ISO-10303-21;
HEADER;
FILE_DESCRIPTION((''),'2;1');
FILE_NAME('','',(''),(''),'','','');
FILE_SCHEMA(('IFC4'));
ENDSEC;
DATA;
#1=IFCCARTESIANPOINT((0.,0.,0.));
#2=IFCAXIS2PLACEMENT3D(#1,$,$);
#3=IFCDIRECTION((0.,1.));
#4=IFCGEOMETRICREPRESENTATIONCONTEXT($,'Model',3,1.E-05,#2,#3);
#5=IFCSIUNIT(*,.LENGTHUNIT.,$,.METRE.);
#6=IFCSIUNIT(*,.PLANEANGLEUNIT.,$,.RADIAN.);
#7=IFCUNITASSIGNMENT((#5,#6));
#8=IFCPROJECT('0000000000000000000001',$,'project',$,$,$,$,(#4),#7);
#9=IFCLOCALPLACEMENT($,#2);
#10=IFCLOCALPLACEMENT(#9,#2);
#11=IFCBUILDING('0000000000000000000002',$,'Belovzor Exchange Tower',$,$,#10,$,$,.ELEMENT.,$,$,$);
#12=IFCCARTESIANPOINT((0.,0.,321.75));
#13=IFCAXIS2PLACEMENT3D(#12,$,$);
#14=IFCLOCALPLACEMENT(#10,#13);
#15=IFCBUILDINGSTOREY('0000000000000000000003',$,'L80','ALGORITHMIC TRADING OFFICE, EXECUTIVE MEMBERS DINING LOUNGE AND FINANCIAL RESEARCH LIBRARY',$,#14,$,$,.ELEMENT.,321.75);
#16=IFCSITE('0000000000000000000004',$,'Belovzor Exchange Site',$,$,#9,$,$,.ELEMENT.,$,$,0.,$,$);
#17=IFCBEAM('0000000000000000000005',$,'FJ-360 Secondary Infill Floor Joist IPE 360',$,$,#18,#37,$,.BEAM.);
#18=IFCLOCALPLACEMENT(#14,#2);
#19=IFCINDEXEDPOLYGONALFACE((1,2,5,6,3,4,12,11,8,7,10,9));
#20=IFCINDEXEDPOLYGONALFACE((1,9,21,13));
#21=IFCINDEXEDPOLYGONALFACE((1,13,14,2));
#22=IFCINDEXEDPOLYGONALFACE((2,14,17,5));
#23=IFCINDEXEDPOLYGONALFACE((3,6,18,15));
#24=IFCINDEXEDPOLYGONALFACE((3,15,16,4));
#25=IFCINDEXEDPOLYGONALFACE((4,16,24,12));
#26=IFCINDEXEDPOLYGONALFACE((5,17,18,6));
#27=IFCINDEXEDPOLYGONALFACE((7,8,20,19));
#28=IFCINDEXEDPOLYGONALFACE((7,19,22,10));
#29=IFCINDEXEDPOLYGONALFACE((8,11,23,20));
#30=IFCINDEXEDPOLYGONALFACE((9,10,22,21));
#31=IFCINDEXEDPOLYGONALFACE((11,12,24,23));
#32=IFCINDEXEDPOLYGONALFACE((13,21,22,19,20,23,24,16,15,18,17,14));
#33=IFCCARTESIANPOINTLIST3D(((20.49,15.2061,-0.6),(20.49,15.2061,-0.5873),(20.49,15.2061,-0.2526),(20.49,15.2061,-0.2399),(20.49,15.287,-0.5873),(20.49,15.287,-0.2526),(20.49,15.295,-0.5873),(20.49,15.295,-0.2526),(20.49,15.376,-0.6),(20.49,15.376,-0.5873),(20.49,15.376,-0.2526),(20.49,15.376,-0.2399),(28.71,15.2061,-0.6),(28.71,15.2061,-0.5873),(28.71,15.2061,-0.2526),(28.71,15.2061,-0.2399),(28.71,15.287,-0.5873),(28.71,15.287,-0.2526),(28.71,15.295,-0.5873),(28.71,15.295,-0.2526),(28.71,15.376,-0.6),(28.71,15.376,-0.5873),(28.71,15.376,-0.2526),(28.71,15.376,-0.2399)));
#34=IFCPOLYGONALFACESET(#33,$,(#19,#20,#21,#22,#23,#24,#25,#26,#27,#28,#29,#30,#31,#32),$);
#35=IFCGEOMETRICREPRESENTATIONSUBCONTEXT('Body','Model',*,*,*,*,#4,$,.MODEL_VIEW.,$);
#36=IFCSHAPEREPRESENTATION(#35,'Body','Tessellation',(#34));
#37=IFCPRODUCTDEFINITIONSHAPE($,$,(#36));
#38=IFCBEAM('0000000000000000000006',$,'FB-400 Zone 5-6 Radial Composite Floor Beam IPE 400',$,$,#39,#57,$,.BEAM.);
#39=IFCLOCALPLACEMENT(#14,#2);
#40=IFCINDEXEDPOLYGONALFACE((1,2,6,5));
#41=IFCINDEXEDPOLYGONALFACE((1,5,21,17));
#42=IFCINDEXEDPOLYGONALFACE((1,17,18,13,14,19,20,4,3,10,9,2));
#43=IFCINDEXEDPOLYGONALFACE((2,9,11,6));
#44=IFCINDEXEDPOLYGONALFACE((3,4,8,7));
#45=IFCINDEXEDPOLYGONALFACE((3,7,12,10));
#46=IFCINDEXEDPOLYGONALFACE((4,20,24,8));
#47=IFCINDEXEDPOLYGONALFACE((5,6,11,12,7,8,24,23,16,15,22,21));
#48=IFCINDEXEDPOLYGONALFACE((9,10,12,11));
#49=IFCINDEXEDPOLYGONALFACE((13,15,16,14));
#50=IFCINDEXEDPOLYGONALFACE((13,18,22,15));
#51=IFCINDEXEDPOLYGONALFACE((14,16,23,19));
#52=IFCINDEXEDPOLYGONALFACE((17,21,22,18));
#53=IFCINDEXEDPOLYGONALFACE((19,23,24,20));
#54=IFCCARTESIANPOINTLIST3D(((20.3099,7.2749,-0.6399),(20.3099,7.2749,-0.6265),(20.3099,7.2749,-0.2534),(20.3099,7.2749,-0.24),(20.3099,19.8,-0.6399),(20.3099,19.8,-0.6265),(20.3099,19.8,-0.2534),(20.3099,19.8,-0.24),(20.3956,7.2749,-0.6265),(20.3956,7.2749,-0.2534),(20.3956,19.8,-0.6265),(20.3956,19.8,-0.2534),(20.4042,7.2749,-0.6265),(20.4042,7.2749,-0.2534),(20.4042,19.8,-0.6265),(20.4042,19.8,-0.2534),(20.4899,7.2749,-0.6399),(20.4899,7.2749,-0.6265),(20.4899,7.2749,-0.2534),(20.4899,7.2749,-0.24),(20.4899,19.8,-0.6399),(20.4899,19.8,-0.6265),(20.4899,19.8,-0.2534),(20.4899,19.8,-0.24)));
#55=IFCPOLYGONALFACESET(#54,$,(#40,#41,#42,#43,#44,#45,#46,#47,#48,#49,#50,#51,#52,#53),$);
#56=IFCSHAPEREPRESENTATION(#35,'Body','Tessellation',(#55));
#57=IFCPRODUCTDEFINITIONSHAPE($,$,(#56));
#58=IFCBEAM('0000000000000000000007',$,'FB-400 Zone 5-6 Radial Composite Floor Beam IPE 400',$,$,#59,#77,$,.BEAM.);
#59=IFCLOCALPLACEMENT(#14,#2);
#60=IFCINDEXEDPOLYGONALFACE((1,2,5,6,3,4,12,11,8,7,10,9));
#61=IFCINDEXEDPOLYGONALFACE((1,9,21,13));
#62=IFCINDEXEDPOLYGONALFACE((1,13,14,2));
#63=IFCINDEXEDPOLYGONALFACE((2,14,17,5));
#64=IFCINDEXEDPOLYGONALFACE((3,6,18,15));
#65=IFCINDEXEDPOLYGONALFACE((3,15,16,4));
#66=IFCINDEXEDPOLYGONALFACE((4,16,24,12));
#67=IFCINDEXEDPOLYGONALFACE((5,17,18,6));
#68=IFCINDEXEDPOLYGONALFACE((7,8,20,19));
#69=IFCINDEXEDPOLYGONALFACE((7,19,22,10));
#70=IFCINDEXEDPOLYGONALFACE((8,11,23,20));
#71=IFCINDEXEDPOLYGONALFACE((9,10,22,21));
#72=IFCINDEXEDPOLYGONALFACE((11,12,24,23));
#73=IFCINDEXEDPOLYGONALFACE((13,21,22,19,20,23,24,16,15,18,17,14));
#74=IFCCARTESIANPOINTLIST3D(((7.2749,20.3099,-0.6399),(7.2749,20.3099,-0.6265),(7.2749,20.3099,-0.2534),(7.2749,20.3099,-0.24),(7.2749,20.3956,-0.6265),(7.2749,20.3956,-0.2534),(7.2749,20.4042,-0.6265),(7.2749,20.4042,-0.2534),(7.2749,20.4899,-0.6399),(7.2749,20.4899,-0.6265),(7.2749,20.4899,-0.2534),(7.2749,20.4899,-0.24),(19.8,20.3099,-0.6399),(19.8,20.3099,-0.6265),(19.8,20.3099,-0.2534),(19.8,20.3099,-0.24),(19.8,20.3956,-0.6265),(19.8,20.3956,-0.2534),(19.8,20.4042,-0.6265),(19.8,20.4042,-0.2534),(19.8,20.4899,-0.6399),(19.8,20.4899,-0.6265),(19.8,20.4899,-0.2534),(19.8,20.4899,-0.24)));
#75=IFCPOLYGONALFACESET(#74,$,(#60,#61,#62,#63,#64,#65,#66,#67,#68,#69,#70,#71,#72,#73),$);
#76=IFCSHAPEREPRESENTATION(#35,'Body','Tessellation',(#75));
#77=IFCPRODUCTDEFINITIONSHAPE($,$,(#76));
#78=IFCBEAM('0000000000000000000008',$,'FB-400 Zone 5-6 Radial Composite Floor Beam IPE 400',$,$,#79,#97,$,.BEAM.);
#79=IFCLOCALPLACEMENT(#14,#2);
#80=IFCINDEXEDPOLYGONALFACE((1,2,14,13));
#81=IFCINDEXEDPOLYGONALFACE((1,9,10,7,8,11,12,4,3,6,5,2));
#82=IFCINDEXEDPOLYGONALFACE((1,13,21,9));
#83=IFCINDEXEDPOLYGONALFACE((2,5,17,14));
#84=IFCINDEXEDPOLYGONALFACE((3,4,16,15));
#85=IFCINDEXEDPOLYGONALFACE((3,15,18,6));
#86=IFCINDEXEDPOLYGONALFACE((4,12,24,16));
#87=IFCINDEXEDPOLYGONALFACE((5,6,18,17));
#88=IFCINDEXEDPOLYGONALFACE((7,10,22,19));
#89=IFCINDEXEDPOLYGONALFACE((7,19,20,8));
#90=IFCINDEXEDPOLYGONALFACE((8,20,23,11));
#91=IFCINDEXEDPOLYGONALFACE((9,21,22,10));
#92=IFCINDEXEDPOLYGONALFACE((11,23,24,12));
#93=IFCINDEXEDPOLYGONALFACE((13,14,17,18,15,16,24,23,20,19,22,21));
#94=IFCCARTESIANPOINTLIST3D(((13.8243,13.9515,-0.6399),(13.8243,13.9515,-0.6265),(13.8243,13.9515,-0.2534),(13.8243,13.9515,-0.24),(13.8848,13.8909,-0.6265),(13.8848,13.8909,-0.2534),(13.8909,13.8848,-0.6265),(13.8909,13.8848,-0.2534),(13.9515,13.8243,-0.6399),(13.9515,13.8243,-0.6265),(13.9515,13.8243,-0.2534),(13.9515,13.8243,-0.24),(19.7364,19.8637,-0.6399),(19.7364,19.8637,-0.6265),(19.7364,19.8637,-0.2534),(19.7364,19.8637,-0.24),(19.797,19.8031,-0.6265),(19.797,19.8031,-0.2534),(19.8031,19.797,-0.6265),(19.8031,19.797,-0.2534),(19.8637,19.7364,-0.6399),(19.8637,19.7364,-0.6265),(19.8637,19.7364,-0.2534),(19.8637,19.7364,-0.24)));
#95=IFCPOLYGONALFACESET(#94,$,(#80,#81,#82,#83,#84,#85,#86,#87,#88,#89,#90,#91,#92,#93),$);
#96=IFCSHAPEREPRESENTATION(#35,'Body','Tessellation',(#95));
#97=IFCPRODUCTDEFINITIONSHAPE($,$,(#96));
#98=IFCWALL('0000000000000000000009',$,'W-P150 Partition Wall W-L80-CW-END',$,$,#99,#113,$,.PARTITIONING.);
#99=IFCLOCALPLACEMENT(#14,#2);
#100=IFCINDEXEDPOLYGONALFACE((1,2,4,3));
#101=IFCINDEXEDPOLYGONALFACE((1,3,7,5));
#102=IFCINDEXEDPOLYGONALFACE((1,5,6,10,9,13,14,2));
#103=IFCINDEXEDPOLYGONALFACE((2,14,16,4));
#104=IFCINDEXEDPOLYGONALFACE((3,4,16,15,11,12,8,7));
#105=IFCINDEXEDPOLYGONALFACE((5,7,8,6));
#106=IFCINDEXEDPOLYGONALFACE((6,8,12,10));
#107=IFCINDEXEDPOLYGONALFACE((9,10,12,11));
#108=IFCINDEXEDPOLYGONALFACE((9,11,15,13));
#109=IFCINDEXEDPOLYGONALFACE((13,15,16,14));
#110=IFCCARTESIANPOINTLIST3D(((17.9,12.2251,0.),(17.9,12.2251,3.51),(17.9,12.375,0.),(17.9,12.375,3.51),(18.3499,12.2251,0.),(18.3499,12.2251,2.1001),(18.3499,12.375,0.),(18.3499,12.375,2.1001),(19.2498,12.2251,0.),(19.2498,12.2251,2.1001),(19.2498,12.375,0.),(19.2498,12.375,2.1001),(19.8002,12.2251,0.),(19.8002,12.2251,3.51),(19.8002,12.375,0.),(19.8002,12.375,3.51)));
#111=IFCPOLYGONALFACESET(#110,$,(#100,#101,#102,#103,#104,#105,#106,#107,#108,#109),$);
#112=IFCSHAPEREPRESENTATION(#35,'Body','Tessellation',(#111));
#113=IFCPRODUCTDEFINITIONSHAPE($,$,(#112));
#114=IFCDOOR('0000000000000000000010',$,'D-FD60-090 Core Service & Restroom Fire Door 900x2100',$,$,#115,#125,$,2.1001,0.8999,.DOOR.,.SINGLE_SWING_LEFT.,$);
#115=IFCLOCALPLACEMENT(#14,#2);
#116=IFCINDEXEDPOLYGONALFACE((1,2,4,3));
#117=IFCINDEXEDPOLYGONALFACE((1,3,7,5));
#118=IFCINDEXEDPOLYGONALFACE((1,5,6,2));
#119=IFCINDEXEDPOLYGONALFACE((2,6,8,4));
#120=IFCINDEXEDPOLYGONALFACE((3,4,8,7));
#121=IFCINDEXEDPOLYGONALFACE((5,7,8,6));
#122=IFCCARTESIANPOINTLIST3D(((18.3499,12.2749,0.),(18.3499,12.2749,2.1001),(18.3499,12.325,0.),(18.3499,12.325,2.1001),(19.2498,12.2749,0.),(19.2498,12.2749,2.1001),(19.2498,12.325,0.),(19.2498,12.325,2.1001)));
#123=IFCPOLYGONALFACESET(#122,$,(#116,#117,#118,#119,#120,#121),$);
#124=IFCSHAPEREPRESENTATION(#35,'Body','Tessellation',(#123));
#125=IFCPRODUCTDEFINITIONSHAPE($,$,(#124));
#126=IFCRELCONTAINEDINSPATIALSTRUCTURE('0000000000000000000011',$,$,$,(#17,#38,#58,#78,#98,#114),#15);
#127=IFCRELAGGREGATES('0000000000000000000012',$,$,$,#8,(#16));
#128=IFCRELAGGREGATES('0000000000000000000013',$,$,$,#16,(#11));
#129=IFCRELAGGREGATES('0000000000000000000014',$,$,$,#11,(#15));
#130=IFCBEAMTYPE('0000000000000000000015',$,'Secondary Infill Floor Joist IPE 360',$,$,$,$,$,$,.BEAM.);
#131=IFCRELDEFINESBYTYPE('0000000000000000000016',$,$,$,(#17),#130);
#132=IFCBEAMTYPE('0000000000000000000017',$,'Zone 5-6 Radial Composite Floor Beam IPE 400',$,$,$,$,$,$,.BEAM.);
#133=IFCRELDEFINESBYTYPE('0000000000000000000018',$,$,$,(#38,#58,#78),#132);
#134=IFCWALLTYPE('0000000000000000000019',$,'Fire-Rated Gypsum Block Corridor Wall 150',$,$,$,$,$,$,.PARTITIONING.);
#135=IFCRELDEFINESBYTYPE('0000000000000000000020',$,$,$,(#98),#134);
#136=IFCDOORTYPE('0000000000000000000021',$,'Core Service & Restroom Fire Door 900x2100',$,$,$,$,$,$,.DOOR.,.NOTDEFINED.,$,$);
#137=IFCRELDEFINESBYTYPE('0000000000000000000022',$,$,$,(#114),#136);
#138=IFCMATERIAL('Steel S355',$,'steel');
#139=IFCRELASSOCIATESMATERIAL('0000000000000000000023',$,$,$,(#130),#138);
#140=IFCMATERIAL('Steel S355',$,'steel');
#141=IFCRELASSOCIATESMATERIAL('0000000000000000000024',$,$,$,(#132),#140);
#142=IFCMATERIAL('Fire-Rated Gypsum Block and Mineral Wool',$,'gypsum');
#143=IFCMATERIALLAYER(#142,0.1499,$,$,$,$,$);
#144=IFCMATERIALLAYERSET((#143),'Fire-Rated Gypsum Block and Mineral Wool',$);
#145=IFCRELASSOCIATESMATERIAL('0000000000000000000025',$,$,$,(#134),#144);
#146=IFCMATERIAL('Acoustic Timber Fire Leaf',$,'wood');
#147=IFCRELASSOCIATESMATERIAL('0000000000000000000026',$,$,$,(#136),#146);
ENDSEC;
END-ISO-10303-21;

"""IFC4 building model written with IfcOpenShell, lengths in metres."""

from ifc_helpers import new_model, si_unit, direction, frame, frame_2d, origin, origin_2d, place, context, subcontext, project, spatial, rectangle, i_section, extrude, material, layer, layer_set, material_profile, profile_set, type_object, element, fill, save


model = new_model("IFC4")

# Units and contexts
model_context = context("Model", 3, precision=1e-05, world=origin(), true_north=direction((0.0, 1.0)))
body_context = subcontext(model_context, "Body", "Model", "MODEL_VIEW")
ifc_project = project(units=[si_unit("LENGTHUNIT", "METRE"), si_unit("PLANEANGLEUNIT", "RADIAN")], contexts=[model_context])

# Site, building, storey
site_placement = place(None, origin())
site = spatial("IfcSite", under=ifc_project, at=site_placement, Name="Belovzor Exchange Site", CompositionType="ELEMENT", RefElevation=0.0)
building_placement = place(site_placement, origin())
building = spatial("IfcBuilding", under=site, at=building_placement, Name="Belovzor Exchange Tower", CompositionType="ELEMENT")
storey_placement = place(building_placement, frame((0.0, 0.0, 321.75)))
storey = spatial("IfcBuildingStorey", under=building, at=storey_placement, Name="L80", Description="ALGORITHMIC TRADING OFFICE, EXECUTIVE MEMBERS DINING LOUNGE AND FINANCIAL RESEARCH LIBRARY", CompositionType="ELEMENT", Elevation=321.75)

# Beams
ifc_material_1 = material(Name="Steel S355", Category="steel")
ifc_material_profile_1 = material_profile(ifc_material_1, i_section(OverallWidth=0.1699, OverallDepth=0.3601, WebThickness=0.0081, FlangeThickness=0.0127, at=origin_2d()))
ifc_profile_set_1 = profile_set([ifc_material_profile_1], Name="Steel S355")
beam_type_1 = type_object("IfcBeamType", Name="Secondary Infill Floor Joist IPE 360", PredefinedType="BEAM", material=ifc_profile_set_1)
beam_1_placement = place(storey_placement, frame((20.49, 15.291, -0.4199), z_axis=(1.0, 0.0, 0.0), x_axis=(0.0, 1.0, 0.0)))
element("IfcBeam", 1, at=beam_1_placement, inside=storey, type_object=beam_type_1, Name="FJ-360 Secondary Infill Floor Joist IPE 360", PredefinedType="BEAM", context=body_context, shape_type="SweptSolid", body=[
    extrude(i_section(OverallWidth=0.1699, OverallDepth=0.3601, WebThickness=0.0081, FlangeThickness=0.0127, at=origin_2d()), origin(), (0.0, 0.0, 1.0), 8.22),
])
ifc_material_2 = material(Name="Steel S355", Category="steel")
ifc_material_profile_2 = material_profile(ifc_material_2, i_section(OverallWidth=0.1799, OverallDepth=0.3999, WebThickness=0.0085, FlangeThickness=0.0134, at=origin_2d()))
ifc_profile_set_2 = profile_set([ifc_material_profile_2], Name="Steel S355")
beam_type_2 = type_object("IfcBeamType", Name="Zone 5-6 Radial Composite Floor Beam IPE 400", PredefinedType="BEAM", material=ifc_profile_set_2)
for number, where, z_axis, x_axis, name in (
    (2, (20.3999, 19.8, -0.4399), (0.0, -1.0, 0.0), (1.0, 0.0, 0.0), "FB-400 Zone 5-6 Radial Composite Floor Beam IPE 400"),
    (3, (19.8, 20.3999, -0.4399), (-1.0, 0.0, 0.0), (0.0, -1.0, 0.0), "FB-400 Zone 5-6 Radial Composite Floor Beam IPE 400"),
):
    element("IfcBeam", number, at=place(storey_placement, frame(where, z_axis=z_axis, x_axis=x_axis)), inside=storey, type_object=beam_type_2, Name=name, PredefinedType="BEAM", context=body_context, shape_type="SweptSolid", body=[
        extrude(i_section(OverallWidth=0.1799, OverallDepth=0.3999, WebThickness=0.0085, FlangeThickness=0.0134, at=origin_2d()), origin(), (0.0, 0.0, 1.0), 12.5251),
    ])
beam_2_placement = place(storey_placement, frame((19.8, 19.8, -0.4399), z_axis=(-0.707107, -0.707107, 0.0), x_axis=(0.707107, -0.707107, 0.0)))
element("IfcBeam", 4, at=beam_2_placement, inside=storey, type_object=beam_type_2, Name="FB-400 Zone 5-6 Radial Composite Floor Beam IPE 400", PredefinedType="BEAM", context=body_context, shape_type="SweptSolid", body=[
    extrude(i_section(OverallWidth=0.1799, OverallDepth=0.3999, WebThickness=0.0085, FlangeThickness=0.0134, at=origin_2d()), origin(), (0.0, 0.0, 1.0), 8.3611),
])

# Wall, opening, door
ifc_material_3 = material(Name="Fire-Rated Gypsum Block and Mineral Wool", Category="gypsum")
ifc_layer_1 = layer(ifc_material_3, 0.1499)
ifc_layer_set_1 = layer_set([ifc_layer_1], Name="Fire-Rated Gypsum Block and Mineral Wool")
wall_type_1 = type_object("IfcWallType", Name="Fire-Rated Gypsum Block Corridor Wall 150", PredefinedType="PARTITIONING", material=ifc_layer_set_1)
wall_1_placement = place(storey_placement, frame((17.8999, 12.3, 0.0), z_axis=(0.0, 0.0, 1.0), x_axis=(1.0, 0.0, 0.0)))
wall_1 = element("IfcWall", 5, at=wall_1_placement, inside=storey, type_object=wall_type_1, Name="W-P150 Partition Wall W-L80-CW-END", PredefinedType="PARTITIONING", context=body_context, shape_type="SweptSolid", body=[
    extrude(rectangle(XDim=1.9001, YDim=0.1499, at=frame_2d((0.9502, 0.0))), origin(), (0.0, 0.0, 1.0), 3.51),
])
opening_1_placement = place(wall_1_placement, frame((0.45, 0.0, 0.0)))
opening_1 = element("IfcOpeningElement", 6, at=opening_1_placement, cuts=wall_1, PredefinedType="OPENING", context=body_context, shape_type="SweptSolid", body=[
    extrude(rectangle(XDim=0.8999, YDim=2.1001, at=frame_2d((0.45, 1.05))), frame((0.0, 0.085, 0.0), z_axis=(0.0, -1.0, 0.0), x_axis=(1.0, 0.0, 0.0)), (0.0, 0.0, 1.0), 0.1699),
])
ifc_material_4 = material(Name="Acoustic Timber Fire Leaf", Category="wood")
door_type_1 = type_object("IfcDoorType", Name="Core Service & Restroom Fire Door 900x2100", OperationType="NOTDEFINED", PredefinedType="DOOR", material=ifc_material_4)
door_1_placement = place(opening_1_placement, origin())
door_1 = element("IfcDoor", 7, at=door_1_placement, inside=storey, type_object=door_type_1, Name="D-FD60-090 Core Service & Restroom Fire Door 900x2100", OperationType="SINGLE_SWING_LEFT", OverallHeight=2.1001, OverallWidth=0.8999, PredefinedType="DOOR", context=body_context, shape_type="SweptSolid", body=[
    extrude(rectangle(XDim=0.8999, YDim=2.1001, at=frame_2d((0.45, 1.05))), frame((0.0, 0.0249, 0.0), z_axis=(0.0, -1.0, 0.0), x_axis=(1.0, 0.0, 0.0)), (0.0, 0.0, 1.0), 0.05),
])
fill(opening_1, door_1)

save(model, "model.ifc")
